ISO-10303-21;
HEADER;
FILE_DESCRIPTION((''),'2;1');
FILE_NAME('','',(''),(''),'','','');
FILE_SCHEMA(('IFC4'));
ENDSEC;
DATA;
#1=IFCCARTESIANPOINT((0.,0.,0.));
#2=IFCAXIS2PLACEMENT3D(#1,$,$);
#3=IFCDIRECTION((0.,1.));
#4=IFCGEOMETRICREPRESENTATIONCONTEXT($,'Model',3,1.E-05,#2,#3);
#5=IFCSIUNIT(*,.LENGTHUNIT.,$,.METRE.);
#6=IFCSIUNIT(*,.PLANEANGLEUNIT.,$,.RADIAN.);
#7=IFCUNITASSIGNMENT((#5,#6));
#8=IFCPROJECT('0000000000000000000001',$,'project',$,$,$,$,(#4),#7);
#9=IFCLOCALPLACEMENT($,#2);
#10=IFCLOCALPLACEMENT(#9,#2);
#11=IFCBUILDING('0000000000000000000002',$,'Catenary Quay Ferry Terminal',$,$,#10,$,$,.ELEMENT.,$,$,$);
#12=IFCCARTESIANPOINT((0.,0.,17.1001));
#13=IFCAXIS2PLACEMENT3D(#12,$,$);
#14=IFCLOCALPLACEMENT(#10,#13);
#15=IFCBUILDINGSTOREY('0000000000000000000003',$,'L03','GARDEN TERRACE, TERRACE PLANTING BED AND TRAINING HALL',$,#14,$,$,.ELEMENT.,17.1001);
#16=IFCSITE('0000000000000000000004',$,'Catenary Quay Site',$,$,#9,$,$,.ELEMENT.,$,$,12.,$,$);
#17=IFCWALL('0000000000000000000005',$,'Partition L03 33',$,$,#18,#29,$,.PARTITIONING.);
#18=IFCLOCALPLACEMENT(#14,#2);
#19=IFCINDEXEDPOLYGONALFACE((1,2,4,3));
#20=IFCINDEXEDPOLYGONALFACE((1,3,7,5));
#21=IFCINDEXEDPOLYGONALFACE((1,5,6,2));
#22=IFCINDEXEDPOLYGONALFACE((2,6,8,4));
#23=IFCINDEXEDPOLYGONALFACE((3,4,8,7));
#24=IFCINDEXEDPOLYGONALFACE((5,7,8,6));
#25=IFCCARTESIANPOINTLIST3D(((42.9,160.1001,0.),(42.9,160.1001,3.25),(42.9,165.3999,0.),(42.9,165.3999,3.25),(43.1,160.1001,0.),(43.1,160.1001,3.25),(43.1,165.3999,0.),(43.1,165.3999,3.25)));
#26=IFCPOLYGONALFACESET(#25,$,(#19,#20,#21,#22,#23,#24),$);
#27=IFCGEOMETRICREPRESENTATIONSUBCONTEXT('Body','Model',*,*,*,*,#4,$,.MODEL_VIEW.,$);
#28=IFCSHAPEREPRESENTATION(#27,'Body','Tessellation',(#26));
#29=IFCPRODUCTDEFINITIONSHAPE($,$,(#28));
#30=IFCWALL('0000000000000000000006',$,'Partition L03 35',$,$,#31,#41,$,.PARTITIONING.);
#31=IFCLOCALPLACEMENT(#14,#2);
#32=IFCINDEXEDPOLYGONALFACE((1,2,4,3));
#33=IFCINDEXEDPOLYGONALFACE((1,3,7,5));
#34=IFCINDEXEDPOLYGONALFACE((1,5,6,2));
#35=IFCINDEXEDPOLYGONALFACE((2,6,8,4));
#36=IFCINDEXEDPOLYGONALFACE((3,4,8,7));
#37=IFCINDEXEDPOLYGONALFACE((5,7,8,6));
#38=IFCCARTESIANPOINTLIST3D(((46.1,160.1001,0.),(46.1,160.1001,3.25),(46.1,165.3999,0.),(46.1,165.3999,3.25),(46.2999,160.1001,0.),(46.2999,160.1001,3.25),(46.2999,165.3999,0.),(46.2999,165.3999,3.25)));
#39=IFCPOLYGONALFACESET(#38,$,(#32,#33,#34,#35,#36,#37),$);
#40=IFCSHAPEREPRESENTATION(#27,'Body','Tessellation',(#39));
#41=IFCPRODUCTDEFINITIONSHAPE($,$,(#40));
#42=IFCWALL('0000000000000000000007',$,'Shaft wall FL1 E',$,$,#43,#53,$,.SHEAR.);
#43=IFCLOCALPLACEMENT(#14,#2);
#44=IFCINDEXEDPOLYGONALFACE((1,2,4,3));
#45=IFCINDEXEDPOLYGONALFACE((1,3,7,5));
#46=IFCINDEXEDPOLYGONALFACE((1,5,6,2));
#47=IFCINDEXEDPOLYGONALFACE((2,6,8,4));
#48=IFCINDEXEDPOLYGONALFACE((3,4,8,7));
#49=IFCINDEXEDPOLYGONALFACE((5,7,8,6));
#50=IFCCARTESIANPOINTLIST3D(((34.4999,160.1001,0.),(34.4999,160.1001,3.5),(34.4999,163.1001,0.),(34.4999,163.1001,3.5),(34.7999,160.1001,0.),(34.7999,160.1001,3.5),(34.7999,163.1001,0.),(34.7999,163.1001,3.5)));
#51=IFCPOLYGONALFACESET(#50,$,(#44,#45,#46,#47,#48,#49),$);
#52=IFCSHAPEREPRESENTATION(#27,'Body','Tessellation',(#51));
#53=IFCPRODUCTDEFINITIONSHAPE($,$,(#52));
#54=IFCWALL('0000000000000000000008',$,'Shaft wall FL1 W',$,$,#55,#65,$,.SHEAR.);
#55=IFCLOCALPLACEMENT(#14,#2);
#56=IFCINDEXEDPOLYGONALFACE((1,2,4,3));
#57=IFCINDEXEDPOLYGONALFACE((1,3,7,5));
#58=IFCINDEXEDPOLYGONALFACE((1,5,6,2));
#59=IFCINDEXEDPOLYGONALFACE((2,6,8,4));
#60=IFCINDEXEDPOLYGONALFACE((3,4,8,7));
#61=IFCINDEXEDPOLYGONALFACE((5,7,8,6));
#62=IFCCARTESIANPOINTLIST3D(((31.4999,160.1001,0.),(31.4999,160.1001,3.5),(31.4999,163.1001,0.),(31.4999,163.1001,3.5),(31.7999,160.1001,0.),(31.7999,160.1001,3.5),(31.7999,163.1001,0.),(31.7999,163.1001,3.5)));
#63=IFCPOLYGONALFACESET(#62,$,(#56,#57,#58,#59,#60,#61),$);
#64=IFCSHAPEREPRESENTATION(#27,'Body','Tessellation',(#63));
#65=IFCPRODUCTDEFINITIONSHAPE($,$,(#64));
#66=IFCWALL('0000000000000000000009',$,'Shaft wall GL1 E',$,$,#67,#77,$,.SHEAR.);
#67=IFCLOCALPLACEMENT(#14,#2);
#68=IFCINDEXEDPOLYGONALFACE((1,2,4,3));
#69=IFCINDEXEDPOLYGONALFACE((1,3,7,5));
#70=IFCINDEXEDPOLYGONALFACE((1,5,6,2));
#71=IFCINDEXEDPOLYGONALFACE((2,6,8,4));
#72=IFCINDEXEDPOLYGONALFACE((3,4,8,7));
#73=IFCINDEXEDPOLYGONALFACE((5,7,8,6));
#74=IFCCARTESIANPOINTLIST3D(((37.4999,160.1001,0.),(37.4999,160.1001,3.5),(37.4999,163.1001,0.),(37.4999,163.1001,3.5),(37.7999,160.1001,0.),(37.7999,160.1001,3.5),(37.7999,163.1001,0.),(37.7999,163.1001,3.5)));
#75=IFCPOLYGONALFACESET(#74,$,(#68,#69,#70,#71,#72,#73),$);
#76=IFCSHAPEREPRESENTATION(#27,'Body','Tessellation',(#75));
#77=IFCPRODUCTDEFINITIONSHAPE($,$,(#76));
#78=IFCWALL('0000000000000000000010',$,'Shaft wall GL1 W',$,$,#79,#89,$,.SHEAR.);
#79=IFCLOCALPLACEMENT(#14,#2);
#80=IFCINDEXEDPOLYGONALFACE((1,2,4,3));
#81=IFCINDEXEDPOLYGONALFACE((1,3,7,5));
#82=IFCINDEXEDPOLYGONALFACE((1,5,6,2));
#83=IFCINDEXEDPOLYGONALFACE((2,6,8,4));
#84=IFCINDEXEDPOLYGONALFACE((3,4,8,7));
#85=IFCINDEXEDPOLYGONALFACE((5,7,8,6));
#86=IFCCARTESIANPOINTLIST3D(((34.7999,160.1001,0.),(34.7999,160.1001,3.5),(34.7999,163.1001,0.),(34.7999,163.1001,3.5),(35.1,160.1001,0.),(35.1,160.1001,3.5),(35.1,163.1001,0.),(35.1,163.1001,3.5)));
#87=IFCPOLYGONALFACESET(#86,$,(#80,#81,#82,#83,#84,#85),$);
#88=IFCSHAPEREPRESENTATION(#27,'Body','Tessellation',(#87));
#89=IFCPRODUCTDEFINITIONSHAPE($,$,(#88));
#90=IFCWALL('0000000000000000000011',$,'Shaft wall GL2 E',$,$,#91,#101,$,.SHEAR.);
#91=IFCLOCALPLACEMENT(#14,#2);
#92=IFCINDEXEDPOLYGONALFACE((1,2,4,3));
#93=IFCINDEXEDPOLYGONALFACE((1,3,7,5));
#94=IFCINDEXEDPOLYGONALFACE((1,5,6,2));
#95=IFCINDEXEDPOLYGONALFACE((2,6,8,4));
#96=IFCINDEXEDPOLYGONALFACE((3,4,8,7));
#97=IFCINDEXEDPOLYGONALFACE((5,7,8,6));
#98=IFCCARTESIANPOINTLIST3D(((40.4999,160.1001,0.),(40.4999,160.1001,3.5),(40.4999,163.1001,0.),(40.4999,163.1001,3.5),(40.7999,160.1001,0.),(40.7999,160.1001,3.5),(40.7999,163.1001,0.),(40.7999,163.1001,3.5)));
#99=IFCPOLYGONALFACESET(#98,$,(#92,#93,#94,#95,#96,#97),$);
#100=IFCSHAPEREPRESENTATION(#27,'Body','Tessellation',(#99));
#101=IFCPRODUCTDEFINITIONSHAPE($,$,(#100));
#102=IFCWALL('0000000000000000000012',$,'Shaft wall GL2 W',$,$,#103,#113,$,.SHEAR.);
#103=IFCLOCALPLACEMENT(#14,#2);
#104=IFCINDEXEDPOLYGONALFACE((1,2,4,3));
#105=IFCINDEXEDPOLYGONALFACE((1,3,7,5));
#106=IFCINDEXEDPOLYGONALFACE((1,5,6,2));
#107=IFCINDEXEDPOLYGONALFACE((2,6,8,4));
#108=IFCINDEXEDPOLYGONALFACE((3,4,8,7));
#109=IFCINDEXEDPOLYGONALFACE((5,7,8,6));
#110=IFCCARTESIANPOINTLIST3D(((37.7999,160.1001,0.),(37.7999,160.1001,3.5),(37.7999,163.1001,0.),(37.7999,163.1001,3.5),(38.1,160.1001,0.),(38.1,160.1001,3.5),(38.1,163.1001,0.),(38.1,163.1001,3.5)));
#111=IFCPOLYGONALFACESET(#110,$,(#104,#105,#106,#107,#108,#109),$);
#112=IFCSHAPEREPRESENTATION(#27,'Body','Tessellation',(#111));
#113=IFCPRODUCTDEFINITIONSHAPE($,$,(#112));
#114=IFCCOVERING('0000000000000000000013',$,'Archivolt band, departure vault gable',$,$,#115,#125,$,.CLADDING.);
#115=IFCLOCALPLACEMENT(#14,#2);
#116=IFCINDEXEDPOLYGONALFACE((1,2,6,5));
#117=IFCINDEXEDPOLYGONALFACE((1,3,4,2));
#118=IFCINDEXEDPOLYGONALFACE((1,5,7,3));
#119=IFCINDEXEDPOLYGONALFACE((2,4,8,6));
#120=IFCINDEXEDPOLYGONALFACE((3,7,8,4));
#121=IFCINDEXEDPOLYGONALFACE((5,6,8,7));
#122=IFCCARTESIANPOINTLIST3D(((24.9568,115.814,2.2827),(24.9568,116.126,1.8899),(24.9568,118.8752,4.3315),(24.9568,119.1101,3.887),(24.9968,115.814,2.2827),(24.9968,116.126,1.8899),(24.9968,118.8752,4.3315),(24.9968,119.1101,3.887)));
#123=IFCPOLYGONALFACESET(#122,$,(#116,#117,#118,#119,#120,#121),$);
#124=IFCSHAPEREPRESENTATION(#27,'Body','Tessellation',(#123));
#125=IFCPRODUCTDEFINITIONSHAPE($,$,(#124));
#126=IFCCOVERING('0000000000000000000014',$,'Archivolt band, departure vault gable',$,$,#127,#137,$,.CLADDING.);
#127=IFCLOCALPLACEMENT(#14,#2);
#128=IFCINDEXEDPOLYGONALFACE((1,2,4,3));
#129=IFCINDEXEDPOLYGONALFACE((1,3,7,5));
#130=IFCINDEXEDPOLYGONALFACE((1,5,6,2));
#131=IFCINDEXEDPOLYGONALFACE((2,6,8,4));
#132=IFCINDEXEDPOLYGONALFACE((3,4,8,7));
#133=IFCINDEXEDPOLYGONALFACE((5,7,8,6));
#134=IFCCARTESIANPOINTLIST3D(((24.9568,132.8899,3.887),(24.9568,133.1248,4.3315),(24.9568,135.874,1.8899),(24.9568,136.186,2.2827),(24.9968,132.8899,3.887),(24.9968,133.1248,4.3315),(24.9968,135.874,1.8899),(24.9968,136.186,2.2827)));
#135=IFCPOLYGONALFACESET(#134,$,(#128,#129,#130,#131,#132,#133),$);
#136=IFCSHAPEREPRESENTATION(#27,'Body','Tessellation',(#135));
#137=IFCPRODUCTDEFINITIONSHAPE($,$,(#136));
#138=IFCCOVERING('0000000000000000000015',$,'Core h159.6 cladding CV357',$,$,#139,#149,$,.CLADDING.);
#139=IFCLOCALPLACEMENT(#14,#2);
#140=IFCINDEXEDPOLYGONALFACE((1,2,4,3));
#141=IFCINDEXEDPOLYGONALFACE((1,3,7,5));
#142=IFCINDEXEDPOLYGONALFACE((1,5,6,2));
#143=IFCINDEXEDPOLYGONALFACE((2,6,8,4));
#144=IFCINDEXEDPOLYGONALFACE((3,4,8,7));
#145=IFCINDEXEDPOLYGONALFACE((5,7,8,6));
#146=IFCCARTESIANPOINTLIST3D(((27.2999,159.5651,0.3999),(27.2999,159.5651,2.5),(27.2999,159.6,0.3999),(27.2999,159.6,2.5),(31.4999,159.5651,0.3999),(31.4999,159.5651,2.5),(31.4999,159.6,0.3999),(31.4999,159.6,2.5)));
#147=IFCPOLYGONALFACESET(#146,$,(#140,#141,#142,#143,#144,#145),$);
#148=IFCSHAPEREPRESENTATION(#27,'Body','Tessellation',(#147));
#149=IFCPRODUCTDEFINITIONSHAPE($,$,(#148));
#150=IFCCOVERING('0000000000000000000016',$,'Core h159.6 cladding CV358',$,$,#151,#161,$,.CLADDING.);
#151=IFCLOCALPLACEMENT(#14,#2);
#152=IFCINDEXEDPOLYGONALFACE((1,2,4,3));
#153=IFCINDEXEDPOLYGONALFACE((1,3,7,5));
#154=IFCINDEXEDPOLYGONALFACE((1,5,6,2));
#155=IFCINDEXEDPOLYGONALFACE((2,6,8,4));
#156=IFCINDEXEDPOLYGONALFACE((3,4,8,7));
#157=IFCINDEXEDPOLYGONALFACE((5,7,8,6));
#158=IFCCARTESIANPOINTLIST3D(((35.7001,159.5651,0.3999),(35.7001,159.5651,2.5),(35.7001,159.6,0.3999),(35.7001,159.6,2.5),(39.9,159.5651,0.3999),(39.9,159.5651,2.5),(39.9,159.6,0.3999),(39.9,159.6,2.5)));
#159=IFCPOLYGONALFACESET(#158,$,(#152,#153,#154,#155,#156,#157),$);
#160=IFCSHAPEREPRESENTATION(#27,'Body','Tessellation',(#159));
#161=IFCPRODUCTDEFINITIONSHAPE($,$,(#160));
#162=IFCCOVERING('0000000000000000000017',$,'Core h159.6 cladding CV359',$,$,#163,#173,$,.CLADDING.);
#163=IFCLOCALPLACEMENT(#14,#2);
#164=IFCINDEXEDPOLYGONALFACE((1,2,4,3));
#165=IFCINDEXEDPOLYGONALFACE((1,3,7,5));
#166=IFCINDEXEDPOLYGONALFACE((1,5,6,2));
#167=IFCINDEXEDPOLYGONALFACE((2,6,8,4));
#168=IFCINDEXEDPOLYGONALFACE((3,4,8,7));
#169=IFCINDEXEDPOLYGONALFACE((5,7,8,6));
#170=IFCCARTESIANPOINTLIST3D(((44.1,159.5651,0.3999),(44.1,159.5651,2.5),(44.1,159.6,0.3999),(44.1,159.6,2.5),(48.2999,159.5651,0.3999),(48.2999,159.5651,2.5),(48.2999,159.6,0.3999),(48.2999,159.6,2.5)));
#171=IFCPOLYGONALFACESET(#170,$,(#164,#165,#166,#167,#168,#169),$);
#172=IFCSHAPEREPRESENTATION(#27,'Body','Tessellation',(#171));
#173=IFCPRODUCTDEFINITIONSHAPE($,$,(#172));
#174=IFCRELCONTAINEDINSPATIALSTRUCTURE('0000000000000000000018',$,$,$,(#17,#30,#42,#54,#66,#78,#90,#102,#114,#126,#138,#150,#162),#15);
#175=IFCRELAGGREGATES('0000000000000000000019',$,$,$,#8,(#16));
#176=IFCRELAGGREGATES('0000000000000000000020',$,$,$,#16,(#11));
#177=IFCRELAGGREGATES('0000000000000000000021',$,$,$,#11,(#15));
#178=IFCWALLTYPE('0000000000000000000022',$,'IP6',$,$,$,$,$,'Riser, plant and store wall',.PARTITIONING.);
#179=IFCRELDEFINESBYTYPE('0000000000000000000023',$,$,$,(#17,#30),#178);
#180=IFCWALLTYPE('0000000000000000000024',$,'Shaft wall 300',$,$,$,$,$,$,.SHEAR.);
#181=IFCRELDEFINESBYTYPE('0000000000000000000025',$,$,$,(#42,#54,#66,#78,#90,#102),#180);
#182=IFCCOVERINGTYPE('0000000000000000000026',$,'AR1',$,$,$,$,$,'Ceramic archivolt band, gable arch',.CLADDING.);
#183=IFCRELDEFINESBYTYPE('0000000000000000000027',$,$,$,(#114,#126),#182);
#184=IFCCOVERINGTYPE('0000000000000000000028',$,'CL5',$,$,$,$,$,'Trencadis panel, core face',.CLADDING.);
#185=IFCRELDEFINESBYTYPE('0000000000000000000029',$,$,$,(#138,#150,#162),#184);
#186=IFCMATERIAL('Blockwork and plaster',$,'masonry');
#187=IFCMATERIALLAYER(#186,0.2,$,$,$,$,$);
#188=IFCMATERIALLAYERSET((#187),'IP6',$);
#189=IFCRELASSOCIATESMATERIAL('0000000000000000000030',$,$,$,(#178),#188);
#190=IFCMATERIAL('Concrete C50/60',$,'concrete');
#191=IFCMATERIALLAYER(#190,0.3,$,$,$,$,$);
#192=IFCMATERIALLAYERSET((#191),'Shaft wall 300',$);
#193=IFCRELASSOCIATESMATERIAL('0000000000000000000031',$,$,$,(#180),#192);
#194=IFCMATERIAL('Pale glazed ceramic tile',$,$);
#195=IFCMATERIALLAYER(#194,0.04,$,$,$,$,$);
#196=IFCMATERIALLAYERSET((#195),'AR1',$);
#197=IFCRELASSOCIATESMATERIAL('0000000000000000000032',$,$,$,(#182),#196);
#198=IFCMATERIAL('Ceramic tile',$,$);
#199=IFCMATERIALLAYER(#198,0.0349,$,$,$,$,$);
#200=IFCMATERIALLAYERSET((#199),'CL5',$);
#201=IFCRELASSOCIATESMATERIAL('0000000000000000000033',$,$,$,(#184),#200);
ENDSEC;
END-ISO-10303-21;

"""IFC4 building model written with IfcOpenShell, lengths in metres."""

from ifc_helpers import new_model, si_unit, direction, frame, frame_2d, origin, origin_2d, place, context, subcontext, project, spatial, polyline, rectangle, outline, extrude, material, layer, layer_set, type_object, element, save


model = new_model("IFC4")

# Units and contexts
model_context = context("Model", 3, precision=1e-05, world=origin(), true_north=direction((0.0, 1.0)))
body_context = subcontext(model_context, "Body", "Model", "MODEL_VIEW")
ifc_project = project(units=[si_unit("LENGTHUNIT", "METRE"), si_unit("PLANEANGLEUNIT", "RADIAN")], contexts=[model_context])

# Site, building, storey
site_placement = place(None, origin())
site = spatial("IfcSite", under=ifc_project, at=site_placement, Name="Catenary Quay Site", CompositionType="ELEMENT", RefElevation=12.0)
building_placement = place(site_placement, origin())
building = spatial("IfcBuilding", under=site, at=building_placement, Name="Catenary Quay Ferry Terminal", CompositionType="ELEMENT")
storey_placement = place(building_placement, frame((0.0, 0.0, 17.1001)))
storey = spatial("IfcBuildingStorey", under=building, at=storey_placement, Name="L03", Description="GARDEN TERRACE, TERRACE PLANTING BED AND TRAINING HALL", CompositionType="ELEMENT", Elevation=17.1001)

# Walls
ifc_material_1 = material(Name="Blockwork and plaster", Category="masonry")
ifc_layer_1 = layer(ifc_material_1, 0.2)
ifc_layer_set_1 = layer_set([ifc_layer_1], Name="IP6")
wall_type_1 = type_object("IfcWallType", Name="IP6", ElementType="Riser, plant and store wall", PredefinedType="PARTITIONING", material=ifc_layer_set_1)
for number, where, z_axis, x_axis, name in (
    (1, (43.0, 160.1001, 0.0), (0.0, 0.0, 1.0), (0.0, 1.0, 0.0), "Partition L03 33"),
    (2, (46.2, 160.1001, 0.0), (0.0, 0.0, 1.0), (0.0, 1.0, 0.0), "Partition L03 35"),
):
    element("IfcWall", number, at=place(storey_placement, frame(where, z_axis=z_axis, x_axis=x_axis)), inside=storey, type_object=wall_type_1, Name=name, PredefinedType="PARTITIONING", context=body_context, shape_type="SweptSolid", body=[
        extrude(rectangle(XDim=5.2998, YDim=0.2, at=frame_2d((2.6499, 0.0))), origin(), (0.0, 0.0, 1.0), 3.25),
    ])
ifc_material_2 = material(Name="Concrete C50/60", Category="concrete")
ifc_layer_2 = layer(ifc_material_2, 0.3)
ifc_layer_set_2 = layer_set([ifc_layer_2], Name="Shaft wall 300")
wall_type_2 = type_object("IfcWallType", Name="Shaft wall 300", PredefinedType="SHEAR", material=ifc_layer_set_2)
for number, where, z_axis, x_axis, name in (
    (3, (34.6499, 160.1001, 0.0), (0.0, 0.0, 1.0), (0.0, 1.0, 0.0), "Shaft wall FL1 E"),
    (4, (31.6499, 160.1001, 0.0), (0.0, 0.0, 1.0), (0.0, 1.0, 0.0), "Shaft wall FL1 W"),
    (5, (37.6499, 160.1001, 0.0), (0.0, 0.0, 1.0), (0.0, 1.0, 0.0), "Shaft wall GL1 E"),
    (6, (34.95, 160.1001, 0.0), (0.0, 0.0, 1.0), (0.0, 1.0, 0.0), "Shaft wall GL1 W"),
    (7, (40.6499, 160.1001, 0.0), (0.0, 0.0, 1.0), (0.0, 1.0, 0.0), "Shaft wall GL2 E"),
    (8, (37.95, 160.1001, 0.0), (0.0, 0.0, 1.0), (0.0, 1.0, 0.0), "Shaft wall GL2 W"),
):
    element("IfcWall", number, at=place(storey_placement, frame(where, z_axis=z_axis, x_axis=x_axis)), inside=storey, type_object=wall_type_2, Name=name, PredefinedType="SHEAR", context=body_context, shape_type="SweptSolid", body=[
        extrude(rectangle(XDim=3.0, YDim=0.3, at=frame_2d((1.5, 0.0))), origin(), (0.0, 0.0, 1.0), 3.5),
    ])

# Coverings
ifc_material_3 = material(Name="Pale glazed ceramic tile")
ifc_layer_3 = layer(ifc_material_3, 0.04)
ifc_layer_set_3 = layer_set([ifc_layer_3], Name="AR1")
covering_type_1 = type_object("IfcCoveringType", Name="AR1", ElementType="Ceramic archivolt band, gable arch", PredefinedType="CLADDING", material=ifc_layer_set_3)
covering_1_placement = place(storey_placement, frame((24.9968, 116.126, 1.8899), z_axis=(1.0, 0.0, 0.0), x_axis=(0.0, 0.831066, 0.556174)))
element("IfcCovering", 9, at=covering_1_placement, inside=storey, type_object=covering_type_1, Name="Archivolt band, departure vault gable", PredefinedType="CLADDING", context=body_context, shape_type="SweptSolid", body=[
    extrude(outline(polyline([(0.0, 0.0), (3.5907, 0.0), (3.6428, 0.5001), (-0.0408, 0.5), (0.0, 0.0)])), origin(), (0.0, 0.0, -1.0), 0.04),
])
covering_2_placement = place(storey_placement, frame((24.9968, 132.8899, 3.887), z_axis=(1.0, 0.0, 0.0), x_axis=(0.0, 0.831066, -0.556174)))
element("IfcCovering", 10, at=covering_2_placement, inside=storey, type_object=covering_type_1, Name="Archivolt band, departure vault gable", PredefinedType="CLADDING", context=body_context, shape_type="SweptSolid", body=[
    extrude(outline(polyline([(0.0, 0.0), (3.5907, 0.0), (3.6316, 0.5), (-0.0521, 0.5001), (0.0, 0.0)])), origin(), (0.0, 0.0, -1.0), 0.04),
])
ifc_material_4 = material(Name="Ceramic tile")
ifc_layer_4 = layer(ifc_material_4, 0.0349)
ifc_layer_set_4 = layer_set([ifc_layer_4], Name="CL5")
covering_type_2 = type_object("IfcCoveringType", Name="CL5", ElementType="Trencadis panel, core face", PredefinedType="CLADDING", material=ifc_layer_set_4)
for number, where, z_axis, x_axis, name in (
    (11, (29.3999, 159.5825, 0.3999), (0.0, 0.0, 1.0), (1.0, 0.0, 0.0), "Core h159.6 cladding CV357"),
    (12, (37.8, 159.5825, 0.3999), (0.0, 0.0, 1.0), (1.0, 0.0, 0.0), "Core h159.6 cladding CV358"),
    (13, (46.2, 159.5825, 0.3999), (0.0, 0.0, 1.0), (1.0, 0.0, 0.0), "Core h159.6 cladding CV359"),
):
    element("IfcCovering", number, at=place(storey_placement, frame(where, z_axis=z_axis, x_axis=x_axis)), inside=storey, type_object=covering_type_2, Name=name, PredefinedType="CLADDING", context=body_context, shape_type="SweptSolid", body=[
        extrude(rectangle(XDim=4.2, YDim=0.0349, at=origin_2d()), origin(), (0.0, 0.0, 1.0), 2.1001),
    ])

save(model, "model.ifc")
